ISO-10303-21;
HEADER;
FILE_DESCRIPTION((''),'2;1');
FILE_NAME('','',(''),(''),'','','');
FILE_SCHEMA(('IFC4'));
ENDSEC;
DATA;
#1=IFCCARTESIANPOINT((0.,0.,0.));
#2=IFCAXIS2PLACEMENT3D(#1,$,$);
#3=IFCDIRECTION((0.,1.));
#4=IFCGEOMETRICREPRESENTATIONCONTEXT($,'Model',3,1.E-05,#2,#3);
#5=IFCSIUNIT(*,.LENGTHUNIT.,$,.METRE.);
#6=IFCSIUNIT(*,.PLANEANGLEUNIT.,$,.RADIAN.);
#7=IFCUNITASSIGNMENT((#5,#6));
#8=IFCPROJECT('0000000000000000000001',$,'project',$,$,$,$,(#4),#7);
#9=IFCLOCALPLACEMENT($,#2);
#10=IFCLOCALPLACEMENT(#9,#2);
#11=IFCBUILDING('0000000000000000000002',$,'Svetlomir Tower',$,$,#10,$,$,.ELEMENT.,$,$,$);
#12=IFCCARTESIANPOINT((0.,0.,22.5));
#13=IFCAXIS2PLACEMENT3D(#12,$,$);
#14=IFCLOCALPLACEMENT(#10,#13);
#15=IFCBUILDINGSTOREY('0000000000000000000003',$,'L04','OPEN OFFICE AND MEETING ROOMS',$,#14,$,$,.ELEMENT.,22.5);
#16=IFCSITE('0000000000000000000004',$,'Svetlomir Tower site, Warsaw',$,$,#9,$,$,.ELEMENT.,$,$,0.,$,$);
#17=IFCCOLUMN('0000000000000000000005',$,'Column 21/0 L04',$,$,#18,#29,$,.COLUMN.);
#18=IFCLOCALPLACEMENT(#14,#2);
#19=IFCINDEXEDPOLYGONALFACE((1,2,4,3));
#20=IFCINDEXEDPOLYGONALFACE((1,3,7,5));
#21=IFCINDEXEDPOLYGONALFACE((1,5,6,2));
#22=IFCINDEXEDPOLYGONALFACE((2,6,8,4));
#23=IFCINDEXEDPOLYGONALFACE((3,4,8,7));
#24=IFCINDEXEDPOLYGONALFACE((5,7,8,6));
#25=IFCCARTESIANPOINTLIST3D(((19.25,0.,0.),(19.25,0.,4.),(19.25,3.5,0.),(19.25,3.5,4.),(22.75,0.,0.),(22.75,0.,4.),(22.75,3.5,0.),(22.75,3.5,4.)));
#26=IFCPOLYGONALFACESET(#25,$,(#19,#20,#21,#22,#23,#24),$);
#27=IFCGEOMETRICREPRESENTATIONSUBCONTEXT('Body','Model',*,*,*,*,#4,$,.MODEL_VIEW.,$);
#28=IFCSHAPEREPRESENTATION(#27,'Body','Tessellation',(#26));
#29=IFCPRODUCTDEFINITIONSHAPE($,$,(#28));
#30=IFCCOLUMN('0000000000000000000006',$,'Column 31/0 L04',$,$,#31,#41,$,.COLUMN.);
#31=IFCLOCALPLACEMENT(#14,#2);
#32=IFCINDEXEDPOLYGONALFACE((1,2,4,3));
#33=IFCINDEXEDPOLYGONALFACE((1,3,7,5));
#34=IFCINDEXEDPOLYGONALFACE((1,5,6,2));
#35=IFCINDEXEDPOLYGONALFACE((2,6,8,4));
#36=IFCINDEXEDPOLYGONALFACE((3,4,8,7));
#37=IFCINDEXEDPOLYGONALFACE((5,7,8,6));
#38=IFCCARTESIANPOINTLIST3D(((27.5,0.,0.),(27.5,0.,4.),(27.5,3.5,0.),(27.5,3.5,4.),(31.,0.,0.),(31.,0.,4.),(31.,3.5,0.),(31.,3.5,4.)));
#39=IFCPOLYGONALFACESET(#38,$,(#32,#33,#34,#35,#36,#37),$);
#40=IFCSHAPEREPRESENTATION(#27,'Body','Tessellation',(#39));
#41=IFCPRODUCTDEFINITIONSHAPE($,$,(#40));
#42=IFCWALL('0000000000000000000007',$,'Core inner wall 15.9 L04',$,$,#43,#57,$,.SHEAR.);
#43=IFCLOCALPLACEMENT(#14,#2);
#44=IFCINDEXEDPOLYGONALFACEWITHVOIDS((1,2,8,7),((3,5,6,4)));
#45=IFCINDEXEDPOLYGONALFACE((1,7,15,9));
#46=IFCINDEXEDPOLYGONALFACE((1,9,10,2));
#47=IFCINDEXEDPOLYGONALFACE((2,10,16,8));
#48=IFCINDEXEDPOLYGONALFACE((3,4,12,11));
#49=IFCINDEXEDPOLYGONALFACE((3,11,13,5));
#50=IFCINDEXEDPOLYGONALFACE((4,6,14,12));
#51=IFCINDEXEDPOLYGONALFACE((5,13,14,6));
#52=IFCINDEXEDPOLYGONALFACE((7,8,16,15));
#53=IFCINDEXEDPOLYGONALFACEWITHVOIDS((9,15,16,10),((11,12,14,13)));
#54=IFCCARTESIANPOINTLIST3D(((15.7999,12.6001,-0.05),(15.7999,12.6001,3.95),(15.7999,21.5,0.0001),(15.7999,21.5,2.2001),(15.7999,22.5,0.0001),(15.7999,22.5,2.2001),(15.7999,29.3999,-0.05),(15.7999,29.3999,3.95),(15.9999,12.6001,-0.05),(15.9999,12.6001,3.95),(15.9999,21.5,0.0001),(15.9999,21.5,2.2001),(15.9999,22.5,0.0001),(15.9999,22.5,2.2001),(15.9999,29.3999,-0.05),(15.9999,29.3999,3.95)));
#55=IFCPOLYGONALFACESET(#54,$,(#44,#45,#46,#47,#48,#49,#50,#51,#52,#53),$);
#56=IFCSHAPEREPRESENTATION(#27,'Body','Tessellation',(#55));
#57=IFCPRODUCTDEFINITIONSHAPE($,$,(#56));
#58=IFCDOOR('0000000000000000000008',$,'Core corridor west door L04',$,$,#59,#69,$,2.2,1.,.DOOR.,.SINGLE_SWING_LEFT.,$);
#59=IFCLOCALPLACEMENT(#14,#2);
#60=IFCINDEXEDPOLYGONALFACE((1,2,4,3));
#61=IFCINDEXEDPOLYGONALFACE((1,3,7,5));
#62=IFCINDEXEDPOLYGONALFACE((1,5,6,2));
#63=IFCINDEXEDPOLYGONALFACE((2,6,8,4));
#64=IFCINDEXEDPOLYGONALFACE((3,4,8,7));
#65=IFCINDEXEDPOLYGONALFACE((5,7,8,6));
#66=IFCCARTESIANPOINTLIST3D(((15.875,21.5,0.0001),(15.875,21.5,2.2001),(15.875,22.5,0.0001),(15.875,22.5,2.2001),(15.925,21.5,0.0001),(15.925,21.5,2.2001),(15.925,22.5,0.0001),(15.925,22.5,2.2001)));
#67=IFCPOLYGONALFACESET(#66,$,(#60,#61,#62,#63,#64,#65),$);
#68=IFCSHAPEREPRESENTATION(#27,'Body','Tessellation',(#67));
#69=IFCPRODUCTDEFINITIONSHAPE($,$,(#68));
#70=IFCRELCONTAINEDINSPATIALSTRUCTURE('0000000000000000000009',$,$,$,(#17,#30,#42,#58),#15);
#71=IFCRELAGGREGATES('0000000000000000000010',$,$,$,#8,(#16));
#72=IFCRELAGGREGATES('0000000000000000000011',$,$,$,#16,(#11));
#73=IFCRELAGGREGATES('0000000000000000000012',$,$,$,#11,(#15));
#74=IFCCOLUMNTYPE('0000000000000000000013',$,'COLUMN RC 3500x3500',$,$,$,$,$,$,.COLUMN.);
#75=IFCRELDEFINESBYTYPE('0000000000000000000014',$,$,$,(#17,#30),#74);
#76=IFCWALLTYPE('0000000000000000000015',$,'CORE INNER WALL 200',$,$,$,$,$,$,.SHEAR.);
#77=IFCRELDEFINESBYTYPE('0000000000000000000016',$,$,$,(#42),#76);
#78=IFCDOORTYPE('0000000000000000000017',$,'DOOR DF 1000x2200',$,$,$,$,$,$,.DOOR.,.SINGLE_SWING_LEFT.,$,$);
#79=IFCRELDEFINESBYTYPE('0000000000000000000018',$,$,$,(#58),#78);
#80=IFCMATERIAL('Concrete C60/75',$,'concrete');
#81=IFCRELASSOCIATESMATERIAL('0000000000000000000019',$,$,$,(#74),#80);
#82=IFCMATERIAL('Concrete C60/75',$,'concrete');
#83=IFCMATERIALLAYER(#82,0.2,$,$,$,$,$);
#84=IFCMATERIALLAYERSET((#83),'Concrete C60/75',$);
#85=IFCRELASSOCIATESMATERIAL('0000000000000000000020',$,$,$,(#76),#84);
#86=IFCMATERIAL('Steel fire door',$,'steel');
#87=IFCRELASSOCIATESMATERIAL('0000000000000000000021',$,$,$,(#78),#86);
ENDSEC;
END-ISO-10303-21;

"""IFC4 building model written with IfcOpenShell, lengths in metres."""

from ifc_helpers import new_model, si_unit, direction, frame, frame_2d, origin, origin_2d, place, context, subcontext, project, spatial, rectangle, extrude, material, layer, layer_set, material_profile, profile_set, type_object, element, fill, save


model = new_model("IFC4")

# Units and contexts
model_context = context("Model", 3, precision=1e-05, world=origin(), true_north=direction((0.0, 1.0)))
body_context = subcontext(model_context, "Body", "Model", "MODEL_VIEW")
ifc_project = project(units=[si_unit("LENGTHUNIT", "METRE"), si_unit("PLANEANGLEUNIT", "RADIAN")], contexts=[model_context])

# Site, building, storey
site_placement = place(None, origin())
site = spatial("IfcSite", under=ifc_project, at=site_placement, Name="Svetlomir Tower site, Warsaw", CompositionType="ELEMENT", RefElevation=0.0)
building_placement = place(site_placement, origin())
building = spatial("IfcBuilding", under=site, at=building_placement, Name="Svetlomir Tower", CompositionType="ELEMENT")
storey_placement = place(building_placement, frame((0.0, 0.0, 22.5)))
storey = spatial("IfcBuildingStorey", under=building, at=storey_placement, Name="L04", Description="OPEN OFFICE AND MEETING ROOMS", CompositionType="ELEMENT", Elevation=22.5)

# Columns
ifc_material_1 = material(Name="Concrete C60/75", Category="concrete")
ifc_material_profile = material_profile(ifc_material_1, rectangle(XDim=3.5, YDim=3.5, at=origin_2d()), Name="RC 3500x3500")
ifc_profile_set = profile_set([ifc_material_profile], Name="Concrete C60/75")
column_type = type_object("IfcColumnType", Name="COLUMN RC 3500x3500", PredefinedType="COLUMN", material=ifc_profile_set)
for number, where, z_axis, x_axis, name in (
    (1, (21.0, 1.75, 0.0), (0.0, 0.0, 1.0), (1.0, 0.0, 0.0), "Column 21/0 L04"),
    (2, (29.25, 1.75, 0.0), (0.0, 0.0, 1.0), (1.0, 0.0, 0.0), "Column 31/0 L04"),
):
    element("IfcColumn", number, at=place(storey_placement, frame(where, z_axis=z_axis, x_axis=x_axis)), inside=storey, type_object=column_type, Name=name, PredefinedType="COLUMN", context=body_context, shape_type="SweptSolid", body=[
        extrude(rectangle(XDim=3.5, YDim=3.5, at=origin_2d()), origin(), (0.0, 0.0, 1.0), 4.0),
    ])

# Wall, opening, door
ifc_material_2 = material(Name="Concrete C60/75", Category="concrete")
ifc_layer_1 = layer(ifc_material_2, 0.2)
ifc_layer_set_1 = layer_set([ifc_layer_1], Name="Concrete C60/75")
wall_type_1 = type_object("IfcWallType", Name="CORE INNER WALL 200", PredefinedType="SHEAR", material=ifc_layer_set_1)
wall_1_placement = place(storey_placement, frame((15.8999, 12.6001, -0.05), z_axis=(0.0, 0.0, 1.0), x_axis=(0.0, 1.0, 0.0)))
wall_1 = element("IfcWall", 3, at=wall_1_placement, inside=storey, type_object=wall_type_1, Name="Core inner wall 15.9 L04", PredefinedType="SHEAR", context=body_context, shape_type="SweptSolid", body=[
    extrude(rectangle(XDim=16.7998, YDim=0.2, at=frame_2d((8.3999, 0.0))), origin(), (0.0, 0.0, 1.0), 4.0),
])
opening_1_placement = place(wall_1_placement, frame((8.8999, 0.0, 0.05)))
opening_1 = element("IfcOpeningElement", 4, at=opening_1_placement, cuts=wall_1, PredefinedType="OPENING", context=body_context, shape_type="SweptSolid", body=[
    extrude(rectangle(XDim=1.0, YDim=2.2, at=frame_2d((0.5, 1.1001))), frame((0.0, 0.1099, 0.0), z_axis=(0.0, -1.0, 0.0), x_axis=(1.0, 0.0, 0.0)), (0.0, 0.0, 1.0), 0.22),
])
ifc_material_3 = material(Name="Steel fire door", Category="steel")
door_type_1 = type_object("IfcDoorType", Name="DOOR DF 1000x2200", OperationType="SINGLE_SWING_LEFT", PredefinedType="DOOR", material=ifc_material_3)
door_1_placement = place(opening_1_placement, origin())
door_1 = element("IfcDoor", 5, at=door_1_placement, inside=storey, type_object=door_type_1, Name="Core corridor west door L04", OperationType="SINGLE_SWING_LEFT", OverallHeight=2.2, OverallWidth=1.0, PredefinedType="DOOR", context=body_context, shape_type="SweptSolid", body=[
    extrude(rectangle(XDim=1.0, YDim=2.2, at=frame_2d((0.5, 1.1001))), frame((0.0, 0.0249, 0.0), z_axis=(0.0, -1.0, 0.0), x_axis=(1.0, 0.0, 0.0)), (0.0, 0.0, 1.0), 0.05),
])
fill(opening_1, door_1)

save(model, "model.ifc")
